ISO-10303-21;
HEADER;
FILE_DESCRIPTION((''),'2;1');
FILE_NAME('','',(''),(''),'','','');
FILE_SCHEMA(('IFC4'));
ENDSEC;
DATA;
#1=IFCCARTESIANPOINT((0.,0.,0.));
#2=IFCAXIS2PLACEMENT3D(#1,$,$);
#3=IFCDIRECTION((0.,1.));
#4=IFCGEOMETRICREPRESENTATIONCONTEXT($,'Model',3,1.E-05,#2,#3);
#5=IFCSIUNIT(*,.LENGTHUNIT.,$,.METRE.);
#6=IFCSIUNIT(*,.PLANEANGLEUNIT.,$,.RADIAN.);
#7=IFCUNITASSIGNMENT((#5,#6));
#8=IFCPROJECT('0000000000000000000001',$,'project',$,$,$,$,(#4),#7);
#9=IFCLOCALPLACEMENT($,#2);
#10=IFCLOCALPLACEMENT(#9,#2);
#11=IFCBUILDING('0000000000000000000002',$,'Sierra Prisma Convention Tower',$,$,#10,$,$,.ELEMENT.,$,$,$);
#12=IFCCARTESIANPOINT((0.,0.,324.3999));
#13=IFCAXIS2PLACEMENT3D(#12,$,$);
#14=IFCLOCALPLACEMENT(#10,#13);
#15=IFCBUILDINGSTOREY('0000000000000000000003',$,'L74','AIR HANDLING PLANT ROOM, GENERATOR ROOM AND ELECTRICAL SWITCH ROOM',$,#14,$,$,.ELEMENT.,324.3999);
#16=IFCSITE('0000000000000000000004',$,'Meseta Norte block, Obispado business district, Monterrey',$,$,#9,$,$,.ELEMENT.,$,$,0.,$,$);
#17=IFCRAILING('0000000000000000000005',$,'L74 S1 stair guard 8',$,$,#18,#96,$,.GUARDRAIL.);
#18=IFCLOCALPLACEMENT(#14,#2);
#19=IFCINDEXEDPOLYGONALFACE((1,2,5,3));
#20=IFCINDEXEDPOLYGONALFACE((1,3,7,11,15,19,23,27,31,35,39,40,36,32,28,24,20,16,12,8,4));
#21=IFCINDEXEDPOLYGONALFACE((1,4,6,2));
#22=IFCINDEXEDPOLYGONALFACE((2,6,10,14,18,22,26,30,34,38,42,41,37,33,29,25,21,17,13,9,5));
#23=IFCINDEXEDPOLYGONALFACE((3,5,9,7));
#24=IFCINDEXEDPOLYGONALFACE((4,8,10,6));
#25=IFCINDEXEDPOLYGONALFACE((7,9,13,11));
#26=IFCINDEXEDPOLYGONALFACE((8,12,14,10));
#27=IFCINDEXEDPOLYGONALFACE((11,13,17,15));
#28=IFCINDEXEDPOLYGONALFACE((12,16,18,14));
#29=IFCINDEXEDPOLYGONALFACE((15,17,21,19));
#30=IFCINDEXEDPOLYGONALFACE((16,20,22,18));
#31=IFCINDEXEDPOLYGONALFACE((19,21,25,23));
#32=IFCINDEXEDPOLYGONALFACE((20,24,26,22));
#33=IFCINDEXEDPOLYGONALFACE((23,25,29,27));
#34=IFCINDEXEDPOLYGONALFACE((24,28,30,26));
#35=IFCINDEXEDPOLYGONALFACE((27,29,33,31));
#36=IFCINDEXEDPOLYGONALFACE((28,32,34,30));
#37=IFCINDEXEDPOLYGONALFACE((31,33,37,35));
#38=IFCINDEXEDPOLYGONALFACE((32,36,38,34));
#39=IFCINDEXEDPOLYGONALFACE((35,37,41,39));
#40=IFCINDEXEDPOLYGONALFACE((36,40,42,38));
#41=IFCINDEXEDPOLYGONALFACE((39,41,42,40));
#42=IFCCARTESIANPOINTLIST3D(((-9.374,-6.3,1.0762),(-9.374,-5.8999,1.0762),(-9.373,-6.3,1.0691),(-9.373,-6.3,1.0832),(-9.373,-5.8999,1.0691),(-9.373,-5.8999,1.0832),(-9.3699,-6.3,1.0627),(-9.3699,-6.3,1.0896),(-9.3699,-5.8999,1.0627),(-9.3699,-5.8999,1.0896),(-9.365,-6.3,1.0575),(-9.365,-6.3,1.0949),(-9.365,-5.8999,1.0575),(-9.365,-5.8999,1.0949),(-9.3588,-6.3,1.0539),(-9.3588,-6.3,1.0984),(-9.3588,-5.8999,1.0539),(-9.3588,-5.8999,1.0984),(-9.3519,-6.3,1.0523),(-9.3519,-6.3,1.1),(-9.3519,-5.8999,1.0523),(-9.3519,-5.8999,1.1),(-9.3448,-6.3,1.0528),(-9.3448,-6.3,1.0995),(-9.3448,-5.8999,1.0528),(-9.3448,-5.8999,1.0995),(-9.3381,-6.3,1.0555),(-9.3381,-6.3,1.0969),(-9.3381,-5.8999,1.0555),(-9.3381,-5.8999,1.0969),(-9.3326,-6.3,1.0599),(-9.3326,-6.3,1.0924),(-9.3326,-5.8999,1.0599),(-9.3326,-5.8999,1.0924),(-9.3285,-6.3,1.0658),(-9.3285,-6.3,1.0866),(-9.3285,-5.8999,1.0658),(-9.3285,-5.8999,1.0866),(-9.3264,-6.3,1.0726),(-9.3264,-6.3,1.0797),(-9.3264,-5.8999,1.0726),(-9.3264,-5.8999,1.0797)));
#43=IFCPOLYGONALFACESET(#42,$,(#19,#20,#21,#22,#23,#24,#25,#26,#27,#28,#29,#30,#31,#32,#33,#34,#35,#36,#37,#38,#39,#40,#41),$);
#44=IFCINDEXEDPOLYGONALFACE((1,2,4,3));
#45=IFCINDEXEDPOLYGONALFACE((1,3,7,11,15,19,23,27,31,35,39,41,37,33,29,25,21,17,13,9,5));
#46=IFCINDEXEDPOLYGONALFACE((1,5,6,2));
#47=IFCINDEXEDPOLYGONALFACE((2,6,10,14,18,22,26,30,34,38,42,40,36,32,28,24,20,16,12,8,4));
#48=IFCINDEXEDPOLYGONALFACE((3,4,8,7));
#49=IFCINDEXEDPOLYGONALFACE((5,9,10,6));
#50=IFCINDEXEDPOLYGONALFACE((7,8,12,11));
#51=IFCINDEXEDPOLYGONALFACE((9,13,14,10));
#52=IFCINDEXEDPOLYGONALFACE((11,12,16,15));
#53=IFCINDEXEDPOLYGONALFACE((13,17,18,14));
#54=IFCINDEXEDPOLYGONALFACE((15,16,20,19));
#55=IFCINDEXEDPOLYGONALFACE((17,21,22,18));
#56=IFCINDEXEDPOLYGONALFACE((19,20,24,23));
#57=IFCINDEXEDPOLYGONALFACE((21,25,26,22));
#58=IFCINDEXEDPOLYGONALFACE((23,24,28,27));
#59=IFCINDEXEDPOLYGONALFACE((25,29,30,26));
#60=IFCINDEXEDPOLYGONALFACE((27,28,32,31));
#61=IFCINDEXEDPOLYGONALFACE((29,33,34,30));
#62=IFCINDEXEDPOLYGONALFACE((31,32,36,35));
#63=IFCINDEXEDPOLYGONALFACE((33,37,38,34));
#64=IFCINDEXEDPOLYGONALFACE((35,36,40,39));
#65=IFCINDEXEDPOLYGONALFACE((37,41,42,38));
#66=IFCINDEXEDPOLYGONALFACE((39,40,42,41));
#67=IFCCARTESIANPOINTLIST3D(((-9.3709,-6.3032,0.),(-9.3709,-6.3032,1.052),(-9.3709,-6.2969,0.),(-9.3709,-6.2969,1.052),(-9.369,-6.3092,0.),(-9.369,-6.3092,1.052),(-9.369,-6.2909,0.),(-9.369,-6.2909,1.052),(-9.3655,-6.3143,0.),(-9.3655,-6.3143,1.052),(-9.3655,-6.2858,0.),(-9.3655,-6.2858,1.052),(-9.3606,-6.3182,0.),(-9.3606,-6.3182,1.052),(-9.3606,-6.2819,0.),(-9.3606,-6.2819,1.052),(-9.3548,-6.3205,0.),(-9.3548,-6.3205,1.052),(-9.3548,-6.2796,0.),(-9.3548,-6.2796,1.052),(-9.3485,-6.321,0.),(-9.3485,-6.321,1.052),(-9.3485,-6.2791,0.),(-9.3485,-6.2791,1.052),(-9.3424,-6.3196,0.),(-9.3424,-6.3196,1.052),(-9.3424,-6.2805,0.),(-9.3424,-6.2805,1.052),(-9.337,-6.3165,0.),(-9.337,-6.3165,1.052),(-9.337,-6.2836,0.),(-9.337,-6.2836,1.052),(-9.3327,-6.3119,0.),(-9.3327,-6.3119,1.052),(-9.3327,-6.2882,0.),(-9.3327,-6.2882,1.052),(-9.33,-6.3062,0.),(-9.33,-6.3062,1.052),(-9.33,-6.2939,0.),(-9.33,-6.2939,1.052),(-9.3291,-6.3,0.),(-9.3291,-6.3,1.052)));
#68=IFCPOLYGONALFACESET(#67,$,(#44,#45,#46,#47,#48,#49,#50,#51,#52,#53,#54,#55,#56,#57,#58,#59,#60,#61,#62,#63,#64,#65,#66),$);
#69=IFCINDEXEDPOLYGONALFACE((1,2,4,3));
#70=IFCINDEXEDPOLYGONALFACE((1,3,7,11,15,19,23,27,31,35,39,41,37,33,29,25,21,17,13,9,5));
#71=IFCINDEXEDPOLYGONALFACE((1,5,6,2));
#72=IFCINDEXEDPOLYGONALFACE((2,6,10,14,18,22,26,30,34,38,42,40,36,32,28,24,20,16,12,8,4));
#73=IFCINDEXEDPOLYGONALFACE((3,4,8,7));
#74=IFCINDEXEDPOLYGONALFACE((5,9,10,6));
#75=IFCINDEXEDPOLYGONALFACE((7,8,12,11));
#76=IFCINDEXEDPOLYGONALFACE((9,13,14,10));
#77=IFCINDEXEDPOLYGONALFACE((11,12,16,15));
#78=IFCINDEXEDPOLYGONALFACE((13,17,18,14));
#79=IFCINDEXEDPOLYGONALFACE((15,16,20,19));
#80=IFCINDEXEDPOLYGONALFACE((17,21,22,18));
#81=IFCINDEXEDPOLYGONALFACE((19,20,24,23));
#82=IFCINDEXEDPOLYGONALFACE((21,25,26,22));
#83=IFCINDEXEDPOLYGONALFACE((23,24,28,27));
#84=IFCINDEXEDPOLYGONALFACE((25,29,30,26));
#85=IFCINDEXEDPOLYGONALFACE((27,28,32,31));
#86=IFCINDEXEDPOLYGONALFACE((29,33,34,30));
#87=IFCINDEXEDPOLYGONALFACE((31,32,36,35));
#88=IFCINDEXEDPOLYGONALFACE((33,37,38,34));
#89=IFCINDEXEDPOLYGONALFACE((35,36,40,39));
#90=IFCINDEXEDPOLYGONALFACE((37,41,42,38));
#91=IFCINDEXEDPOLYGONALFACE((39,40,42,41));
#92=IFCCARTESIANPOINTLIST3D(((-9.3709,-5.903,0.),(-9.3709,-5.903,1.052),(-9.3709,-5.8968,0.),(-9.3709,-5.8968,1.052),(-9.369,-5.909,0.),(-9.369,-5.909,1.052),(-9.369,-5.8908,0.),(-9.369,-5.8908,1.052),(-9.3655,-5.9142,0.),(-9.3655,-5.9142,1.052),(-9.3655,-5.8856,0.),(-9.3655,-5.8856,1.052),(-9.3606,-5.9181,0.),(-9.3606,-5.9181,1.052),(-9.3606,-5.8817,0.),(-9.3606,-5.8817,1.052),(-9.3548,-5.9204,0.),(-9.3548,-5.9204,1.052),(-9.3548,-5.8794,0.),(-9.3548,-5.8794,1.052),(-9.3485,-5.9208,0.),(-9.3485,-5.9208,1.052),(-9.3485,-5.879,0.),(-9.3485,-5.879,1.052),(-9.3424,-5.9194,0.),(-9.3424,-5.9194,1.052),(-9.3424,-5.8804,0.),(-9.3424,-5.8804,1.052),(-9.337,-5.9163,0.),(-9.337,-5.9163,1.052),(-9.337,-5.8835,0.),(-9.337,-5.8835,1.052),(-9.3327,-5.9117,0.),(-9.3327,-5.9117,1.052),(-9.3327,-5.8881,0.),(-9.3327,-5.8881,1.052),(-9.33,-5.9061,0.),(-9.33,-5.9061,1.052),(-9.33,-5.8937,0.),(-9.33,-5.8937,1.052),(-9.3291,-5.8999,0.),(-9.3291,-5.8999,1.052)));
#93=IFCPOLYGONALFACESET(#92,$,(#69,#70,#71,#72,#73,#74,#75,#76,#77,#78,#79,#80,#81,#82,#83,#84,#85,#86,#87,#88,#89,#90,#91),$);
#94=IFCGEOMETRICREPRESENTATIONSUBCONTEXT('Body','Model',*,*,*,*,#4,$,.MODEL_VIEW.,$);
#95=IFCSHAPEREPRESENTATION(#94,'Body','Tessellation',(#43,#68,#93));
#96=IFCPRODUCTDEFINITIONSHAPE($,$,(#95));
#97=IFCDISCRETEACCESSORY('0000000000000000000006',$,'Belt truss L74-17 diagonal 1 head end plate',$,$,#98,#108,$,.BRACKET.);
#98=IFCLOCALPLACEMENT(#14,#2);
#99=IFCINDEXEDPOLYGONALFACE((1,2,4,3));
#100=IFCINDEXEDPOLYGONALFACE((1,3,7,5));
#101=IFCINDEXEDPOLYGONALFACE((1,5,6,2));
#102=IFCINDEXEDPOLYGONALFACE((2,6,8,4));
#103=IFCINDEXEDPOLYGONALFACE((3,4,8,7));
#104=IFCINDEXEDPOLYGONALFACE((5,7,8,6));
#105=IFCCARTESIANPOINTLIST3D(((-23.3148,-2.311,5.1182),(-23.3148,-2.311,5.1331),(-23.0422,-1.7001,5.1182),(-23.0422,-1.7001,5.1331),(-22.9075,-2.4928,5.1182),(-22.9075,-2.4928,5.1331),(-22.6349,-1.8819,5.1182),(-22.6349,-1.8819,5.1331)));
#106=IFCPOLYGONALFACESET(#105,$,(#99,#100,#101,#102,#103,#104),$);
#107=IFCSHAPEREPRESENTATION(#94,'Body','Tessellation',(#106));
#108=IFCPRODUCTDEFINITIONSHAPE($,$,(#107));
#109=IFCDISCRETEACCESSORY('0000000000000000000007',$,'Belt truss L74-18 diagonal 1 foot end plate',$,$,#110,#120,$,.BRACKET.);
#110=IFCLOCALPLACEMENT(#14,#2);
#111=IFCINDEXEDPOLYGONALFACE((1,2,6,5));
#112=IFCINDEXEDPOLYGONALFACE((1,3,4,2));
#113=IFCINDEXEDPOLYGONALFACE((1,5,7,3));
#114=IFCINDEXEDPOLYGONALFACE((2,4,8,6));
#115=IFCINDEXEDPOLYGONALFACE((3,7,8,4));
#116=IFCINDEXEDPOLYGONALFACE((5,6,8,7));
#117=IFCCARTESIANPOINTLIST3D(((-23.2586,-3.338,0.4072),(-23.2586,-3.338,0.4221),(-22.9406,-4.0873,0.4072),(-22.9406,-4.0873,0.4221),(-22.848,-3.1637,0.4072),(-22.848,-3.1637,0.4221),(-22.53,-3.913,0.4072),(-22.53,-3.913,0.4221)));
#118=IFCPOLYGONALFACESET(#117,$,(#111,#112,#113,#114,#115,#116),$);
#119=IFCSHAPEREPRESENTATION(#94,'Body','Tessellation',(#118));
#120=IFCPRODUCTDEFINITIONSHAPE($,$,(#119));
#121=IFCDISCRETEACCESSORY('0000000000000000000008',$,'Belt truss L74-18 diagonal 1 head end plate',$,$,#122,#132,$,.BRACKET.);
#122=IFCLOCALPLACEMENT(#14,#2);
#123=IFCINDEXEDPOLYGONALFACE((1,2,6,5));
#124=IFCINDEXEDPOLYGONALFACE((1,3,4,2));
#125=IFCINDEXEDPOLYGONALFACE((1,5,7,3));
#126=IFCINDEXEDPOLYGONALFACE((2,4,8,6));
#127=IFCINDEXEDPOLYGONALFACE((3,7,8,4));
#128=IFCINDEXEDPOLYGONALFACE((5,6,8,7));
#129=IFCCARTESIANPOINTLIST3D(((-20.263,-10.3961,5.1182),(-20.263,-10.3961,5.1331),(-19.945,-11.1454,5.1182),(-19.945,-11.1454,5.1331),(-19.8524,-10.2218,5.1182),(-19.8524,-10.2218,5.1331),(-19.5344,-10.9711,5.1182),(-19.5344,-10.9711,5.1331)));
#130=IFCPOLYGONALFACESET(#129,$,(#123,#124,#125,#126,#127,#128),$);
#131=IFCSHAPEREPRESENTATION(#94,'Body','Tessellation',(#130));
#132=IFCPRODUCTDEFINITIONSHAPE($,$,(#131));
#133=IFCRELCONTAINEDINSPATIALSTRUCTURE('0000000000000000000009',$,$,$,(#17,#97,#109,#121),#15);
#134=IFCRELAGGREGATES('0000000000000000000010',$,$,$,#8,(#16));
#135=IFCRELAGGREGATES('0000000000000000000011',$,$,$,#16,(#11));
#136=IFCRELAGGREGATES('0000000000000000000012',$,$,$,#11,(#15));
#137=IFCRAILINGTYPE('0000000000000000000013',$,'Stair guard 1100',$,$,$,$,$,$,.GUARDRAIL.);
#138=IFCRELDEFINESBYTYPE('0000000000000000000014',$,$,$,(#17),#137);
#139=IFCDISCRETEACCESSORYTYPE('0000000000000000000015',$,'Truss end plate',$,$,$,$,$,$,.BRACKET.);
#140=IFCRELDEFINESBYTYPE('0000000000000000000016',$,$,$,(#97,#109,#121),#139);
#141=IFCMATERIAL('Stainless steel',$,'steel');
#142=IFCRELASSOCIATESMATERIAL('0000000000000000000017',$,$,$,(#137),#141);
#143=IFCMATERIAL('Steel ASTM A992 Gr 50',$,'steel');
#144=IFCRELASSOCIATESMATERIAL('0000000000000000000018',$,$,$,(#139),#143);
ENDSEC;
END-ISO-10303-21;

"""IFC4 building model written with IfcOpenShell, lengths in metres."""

from ifc_helpers import new_model, si_unit, direction, frame, origin, origin_2d, place, context, subcontext, project, spatial, rectangle, circle, extrude, material, type_object, element, save


model = new_model("IFC4")

# Units and contexts
model_context = context("Model", 3, precision=1e-05, world=origin(), true_north=direction((0.0, 1.0)))
body_context = subcontext(model_context, "Body", "Model", "MODEL_VIEW")
ifc_project = project(units=[si_unit("LENGTHUNIT", "METRE"), si_unit("PLANEANGLEUNIT", "RADIAN")], contexts=[model_context])

# Site, building, storey
site_placement = place(None, origin())
site = spatial("IfcSite", under=ifc_project, at=site_placement, Name="Meseta Norte block, Obispado business district, Monterrey", CompositionType="ELEMENT", RefElevation=0.0)
building_placement = place(site_placement, origin())
building = spatial("IfcBuilding", under=site, at=building_placement, Name="Sierra Prisma Convention Tower", CompositionType="ELEMENT")
storey_placement = place(building_placement, frame((0.0, 0.0, 324.3999)))
storey = spatial("IfcBuildingStorey", under=building, at=storey_placement, Name="L74", Description="AIR HANDLING PLANT ROOM, GENERATOR ROOM AND ELECTRICAL SWITCH ROOM", CompositionType="ELEMENT", Elevation=324.3999)

# Railing
ifc_material_1 = material(Name="Stainless steel", Category="steel")
railing_type = type_object("IfcRailingType", Name="Stair guard 1100", PredefinedType="GUARDRAIL", material=ifc_material_1)
for number, where, name in (
    (1, (-9.3501, -6.3, 0.0), "L74 S1 stair guard 8"),
):
    element("IfcRailing", number, at=place(storey_placement, frame(where)), inside=storey, type_object=railing_type, Name=name, PredefinedType="GUARDRAIL", context=body_context, shape_type="SweptSolid", body=[
        extrude(circle(Radius=0.0239, at=origin_2d()), frame((0.0, 0.0, 1.0762), z_axis=(0.0, 1.0, 0.0), x_axis=(-1.0, 0.0, 0.0)), (0.0, 0.0, 1.0), 0.4001),
        extrude(circle(Radius=0.021, at=origin_2d()), origin(), (0.0, 0.0, 1.0), 1.052),
        extrude(circle(Radius=0.021, at=origin_2d()), frame((0.0, 0.4001, 0.0)), (0.0, 0.0, 1.0), 1.052),
    ])

# Discrete accessories
ifc_material_2 = material(Name="Steel ASTM A992 Gr 50", Category="steel")
discrete_accessory_type = type_object("IfcDiscreteAccessoryType", Name="Truss end plate", PredefinedType="BRACKET", material=ifc_material_2)
discrete_accessory_placement = place(storey_placement, frame((-22.9749, -2.0964, 5.1182), z_axis=(0.0, 0.0, 1.0), x_axis=(-0.407593, -0.913164, 0.0)))
element("IfcDiscreteAccessory", 2, at=discrete_accessory_placement, inside=storey, type_object=discrete_accessory_type, Name="Belt truss L74-17 diagonal 1 head end plate", PredefinedType="BRACKET", context=body_context, shape_type="SweptSolid", body=[
    extrude(rectangle(XDim=0.6689, YDim=0.446, at=origin_2d()), origin(), (0.0, 0.0, 1.0), 0.0149),
])
for number, where, z_axis, x_axis, name in (
    (3, (-22.8943, -3.6255, 0.4072), (0.0, 0.0, 1.0), (0.390696, -0.92052, 0.0), "Belt truss L74-18 diagonal 1 foot end plate"),
    (4, (-19.8987, -10.6836, 5.1182), (0.0, 0.0, 1.0), (0.390696, -0.92052, 0.0), "Belt truss L74-18 diagonal 1 head end plate"),
):
    element("IfcDiscreteAccessory", number, at=place(storey_placement, frame(where, z_axis=z_axis, x_axis=x_axis)), inside=storey, type_object=discrete_accessory_type, Name=name, PredefinedType="BRACKET", context=body_context, shape_type="SweptSolid", body=[
        extrude(rectangle(XDim=0.814, YDim=0.446, at=origin_2d()), origin(), (0.0, 0.0, 1.0), 0.0149),
    ])

save(model, "model.ifc")
